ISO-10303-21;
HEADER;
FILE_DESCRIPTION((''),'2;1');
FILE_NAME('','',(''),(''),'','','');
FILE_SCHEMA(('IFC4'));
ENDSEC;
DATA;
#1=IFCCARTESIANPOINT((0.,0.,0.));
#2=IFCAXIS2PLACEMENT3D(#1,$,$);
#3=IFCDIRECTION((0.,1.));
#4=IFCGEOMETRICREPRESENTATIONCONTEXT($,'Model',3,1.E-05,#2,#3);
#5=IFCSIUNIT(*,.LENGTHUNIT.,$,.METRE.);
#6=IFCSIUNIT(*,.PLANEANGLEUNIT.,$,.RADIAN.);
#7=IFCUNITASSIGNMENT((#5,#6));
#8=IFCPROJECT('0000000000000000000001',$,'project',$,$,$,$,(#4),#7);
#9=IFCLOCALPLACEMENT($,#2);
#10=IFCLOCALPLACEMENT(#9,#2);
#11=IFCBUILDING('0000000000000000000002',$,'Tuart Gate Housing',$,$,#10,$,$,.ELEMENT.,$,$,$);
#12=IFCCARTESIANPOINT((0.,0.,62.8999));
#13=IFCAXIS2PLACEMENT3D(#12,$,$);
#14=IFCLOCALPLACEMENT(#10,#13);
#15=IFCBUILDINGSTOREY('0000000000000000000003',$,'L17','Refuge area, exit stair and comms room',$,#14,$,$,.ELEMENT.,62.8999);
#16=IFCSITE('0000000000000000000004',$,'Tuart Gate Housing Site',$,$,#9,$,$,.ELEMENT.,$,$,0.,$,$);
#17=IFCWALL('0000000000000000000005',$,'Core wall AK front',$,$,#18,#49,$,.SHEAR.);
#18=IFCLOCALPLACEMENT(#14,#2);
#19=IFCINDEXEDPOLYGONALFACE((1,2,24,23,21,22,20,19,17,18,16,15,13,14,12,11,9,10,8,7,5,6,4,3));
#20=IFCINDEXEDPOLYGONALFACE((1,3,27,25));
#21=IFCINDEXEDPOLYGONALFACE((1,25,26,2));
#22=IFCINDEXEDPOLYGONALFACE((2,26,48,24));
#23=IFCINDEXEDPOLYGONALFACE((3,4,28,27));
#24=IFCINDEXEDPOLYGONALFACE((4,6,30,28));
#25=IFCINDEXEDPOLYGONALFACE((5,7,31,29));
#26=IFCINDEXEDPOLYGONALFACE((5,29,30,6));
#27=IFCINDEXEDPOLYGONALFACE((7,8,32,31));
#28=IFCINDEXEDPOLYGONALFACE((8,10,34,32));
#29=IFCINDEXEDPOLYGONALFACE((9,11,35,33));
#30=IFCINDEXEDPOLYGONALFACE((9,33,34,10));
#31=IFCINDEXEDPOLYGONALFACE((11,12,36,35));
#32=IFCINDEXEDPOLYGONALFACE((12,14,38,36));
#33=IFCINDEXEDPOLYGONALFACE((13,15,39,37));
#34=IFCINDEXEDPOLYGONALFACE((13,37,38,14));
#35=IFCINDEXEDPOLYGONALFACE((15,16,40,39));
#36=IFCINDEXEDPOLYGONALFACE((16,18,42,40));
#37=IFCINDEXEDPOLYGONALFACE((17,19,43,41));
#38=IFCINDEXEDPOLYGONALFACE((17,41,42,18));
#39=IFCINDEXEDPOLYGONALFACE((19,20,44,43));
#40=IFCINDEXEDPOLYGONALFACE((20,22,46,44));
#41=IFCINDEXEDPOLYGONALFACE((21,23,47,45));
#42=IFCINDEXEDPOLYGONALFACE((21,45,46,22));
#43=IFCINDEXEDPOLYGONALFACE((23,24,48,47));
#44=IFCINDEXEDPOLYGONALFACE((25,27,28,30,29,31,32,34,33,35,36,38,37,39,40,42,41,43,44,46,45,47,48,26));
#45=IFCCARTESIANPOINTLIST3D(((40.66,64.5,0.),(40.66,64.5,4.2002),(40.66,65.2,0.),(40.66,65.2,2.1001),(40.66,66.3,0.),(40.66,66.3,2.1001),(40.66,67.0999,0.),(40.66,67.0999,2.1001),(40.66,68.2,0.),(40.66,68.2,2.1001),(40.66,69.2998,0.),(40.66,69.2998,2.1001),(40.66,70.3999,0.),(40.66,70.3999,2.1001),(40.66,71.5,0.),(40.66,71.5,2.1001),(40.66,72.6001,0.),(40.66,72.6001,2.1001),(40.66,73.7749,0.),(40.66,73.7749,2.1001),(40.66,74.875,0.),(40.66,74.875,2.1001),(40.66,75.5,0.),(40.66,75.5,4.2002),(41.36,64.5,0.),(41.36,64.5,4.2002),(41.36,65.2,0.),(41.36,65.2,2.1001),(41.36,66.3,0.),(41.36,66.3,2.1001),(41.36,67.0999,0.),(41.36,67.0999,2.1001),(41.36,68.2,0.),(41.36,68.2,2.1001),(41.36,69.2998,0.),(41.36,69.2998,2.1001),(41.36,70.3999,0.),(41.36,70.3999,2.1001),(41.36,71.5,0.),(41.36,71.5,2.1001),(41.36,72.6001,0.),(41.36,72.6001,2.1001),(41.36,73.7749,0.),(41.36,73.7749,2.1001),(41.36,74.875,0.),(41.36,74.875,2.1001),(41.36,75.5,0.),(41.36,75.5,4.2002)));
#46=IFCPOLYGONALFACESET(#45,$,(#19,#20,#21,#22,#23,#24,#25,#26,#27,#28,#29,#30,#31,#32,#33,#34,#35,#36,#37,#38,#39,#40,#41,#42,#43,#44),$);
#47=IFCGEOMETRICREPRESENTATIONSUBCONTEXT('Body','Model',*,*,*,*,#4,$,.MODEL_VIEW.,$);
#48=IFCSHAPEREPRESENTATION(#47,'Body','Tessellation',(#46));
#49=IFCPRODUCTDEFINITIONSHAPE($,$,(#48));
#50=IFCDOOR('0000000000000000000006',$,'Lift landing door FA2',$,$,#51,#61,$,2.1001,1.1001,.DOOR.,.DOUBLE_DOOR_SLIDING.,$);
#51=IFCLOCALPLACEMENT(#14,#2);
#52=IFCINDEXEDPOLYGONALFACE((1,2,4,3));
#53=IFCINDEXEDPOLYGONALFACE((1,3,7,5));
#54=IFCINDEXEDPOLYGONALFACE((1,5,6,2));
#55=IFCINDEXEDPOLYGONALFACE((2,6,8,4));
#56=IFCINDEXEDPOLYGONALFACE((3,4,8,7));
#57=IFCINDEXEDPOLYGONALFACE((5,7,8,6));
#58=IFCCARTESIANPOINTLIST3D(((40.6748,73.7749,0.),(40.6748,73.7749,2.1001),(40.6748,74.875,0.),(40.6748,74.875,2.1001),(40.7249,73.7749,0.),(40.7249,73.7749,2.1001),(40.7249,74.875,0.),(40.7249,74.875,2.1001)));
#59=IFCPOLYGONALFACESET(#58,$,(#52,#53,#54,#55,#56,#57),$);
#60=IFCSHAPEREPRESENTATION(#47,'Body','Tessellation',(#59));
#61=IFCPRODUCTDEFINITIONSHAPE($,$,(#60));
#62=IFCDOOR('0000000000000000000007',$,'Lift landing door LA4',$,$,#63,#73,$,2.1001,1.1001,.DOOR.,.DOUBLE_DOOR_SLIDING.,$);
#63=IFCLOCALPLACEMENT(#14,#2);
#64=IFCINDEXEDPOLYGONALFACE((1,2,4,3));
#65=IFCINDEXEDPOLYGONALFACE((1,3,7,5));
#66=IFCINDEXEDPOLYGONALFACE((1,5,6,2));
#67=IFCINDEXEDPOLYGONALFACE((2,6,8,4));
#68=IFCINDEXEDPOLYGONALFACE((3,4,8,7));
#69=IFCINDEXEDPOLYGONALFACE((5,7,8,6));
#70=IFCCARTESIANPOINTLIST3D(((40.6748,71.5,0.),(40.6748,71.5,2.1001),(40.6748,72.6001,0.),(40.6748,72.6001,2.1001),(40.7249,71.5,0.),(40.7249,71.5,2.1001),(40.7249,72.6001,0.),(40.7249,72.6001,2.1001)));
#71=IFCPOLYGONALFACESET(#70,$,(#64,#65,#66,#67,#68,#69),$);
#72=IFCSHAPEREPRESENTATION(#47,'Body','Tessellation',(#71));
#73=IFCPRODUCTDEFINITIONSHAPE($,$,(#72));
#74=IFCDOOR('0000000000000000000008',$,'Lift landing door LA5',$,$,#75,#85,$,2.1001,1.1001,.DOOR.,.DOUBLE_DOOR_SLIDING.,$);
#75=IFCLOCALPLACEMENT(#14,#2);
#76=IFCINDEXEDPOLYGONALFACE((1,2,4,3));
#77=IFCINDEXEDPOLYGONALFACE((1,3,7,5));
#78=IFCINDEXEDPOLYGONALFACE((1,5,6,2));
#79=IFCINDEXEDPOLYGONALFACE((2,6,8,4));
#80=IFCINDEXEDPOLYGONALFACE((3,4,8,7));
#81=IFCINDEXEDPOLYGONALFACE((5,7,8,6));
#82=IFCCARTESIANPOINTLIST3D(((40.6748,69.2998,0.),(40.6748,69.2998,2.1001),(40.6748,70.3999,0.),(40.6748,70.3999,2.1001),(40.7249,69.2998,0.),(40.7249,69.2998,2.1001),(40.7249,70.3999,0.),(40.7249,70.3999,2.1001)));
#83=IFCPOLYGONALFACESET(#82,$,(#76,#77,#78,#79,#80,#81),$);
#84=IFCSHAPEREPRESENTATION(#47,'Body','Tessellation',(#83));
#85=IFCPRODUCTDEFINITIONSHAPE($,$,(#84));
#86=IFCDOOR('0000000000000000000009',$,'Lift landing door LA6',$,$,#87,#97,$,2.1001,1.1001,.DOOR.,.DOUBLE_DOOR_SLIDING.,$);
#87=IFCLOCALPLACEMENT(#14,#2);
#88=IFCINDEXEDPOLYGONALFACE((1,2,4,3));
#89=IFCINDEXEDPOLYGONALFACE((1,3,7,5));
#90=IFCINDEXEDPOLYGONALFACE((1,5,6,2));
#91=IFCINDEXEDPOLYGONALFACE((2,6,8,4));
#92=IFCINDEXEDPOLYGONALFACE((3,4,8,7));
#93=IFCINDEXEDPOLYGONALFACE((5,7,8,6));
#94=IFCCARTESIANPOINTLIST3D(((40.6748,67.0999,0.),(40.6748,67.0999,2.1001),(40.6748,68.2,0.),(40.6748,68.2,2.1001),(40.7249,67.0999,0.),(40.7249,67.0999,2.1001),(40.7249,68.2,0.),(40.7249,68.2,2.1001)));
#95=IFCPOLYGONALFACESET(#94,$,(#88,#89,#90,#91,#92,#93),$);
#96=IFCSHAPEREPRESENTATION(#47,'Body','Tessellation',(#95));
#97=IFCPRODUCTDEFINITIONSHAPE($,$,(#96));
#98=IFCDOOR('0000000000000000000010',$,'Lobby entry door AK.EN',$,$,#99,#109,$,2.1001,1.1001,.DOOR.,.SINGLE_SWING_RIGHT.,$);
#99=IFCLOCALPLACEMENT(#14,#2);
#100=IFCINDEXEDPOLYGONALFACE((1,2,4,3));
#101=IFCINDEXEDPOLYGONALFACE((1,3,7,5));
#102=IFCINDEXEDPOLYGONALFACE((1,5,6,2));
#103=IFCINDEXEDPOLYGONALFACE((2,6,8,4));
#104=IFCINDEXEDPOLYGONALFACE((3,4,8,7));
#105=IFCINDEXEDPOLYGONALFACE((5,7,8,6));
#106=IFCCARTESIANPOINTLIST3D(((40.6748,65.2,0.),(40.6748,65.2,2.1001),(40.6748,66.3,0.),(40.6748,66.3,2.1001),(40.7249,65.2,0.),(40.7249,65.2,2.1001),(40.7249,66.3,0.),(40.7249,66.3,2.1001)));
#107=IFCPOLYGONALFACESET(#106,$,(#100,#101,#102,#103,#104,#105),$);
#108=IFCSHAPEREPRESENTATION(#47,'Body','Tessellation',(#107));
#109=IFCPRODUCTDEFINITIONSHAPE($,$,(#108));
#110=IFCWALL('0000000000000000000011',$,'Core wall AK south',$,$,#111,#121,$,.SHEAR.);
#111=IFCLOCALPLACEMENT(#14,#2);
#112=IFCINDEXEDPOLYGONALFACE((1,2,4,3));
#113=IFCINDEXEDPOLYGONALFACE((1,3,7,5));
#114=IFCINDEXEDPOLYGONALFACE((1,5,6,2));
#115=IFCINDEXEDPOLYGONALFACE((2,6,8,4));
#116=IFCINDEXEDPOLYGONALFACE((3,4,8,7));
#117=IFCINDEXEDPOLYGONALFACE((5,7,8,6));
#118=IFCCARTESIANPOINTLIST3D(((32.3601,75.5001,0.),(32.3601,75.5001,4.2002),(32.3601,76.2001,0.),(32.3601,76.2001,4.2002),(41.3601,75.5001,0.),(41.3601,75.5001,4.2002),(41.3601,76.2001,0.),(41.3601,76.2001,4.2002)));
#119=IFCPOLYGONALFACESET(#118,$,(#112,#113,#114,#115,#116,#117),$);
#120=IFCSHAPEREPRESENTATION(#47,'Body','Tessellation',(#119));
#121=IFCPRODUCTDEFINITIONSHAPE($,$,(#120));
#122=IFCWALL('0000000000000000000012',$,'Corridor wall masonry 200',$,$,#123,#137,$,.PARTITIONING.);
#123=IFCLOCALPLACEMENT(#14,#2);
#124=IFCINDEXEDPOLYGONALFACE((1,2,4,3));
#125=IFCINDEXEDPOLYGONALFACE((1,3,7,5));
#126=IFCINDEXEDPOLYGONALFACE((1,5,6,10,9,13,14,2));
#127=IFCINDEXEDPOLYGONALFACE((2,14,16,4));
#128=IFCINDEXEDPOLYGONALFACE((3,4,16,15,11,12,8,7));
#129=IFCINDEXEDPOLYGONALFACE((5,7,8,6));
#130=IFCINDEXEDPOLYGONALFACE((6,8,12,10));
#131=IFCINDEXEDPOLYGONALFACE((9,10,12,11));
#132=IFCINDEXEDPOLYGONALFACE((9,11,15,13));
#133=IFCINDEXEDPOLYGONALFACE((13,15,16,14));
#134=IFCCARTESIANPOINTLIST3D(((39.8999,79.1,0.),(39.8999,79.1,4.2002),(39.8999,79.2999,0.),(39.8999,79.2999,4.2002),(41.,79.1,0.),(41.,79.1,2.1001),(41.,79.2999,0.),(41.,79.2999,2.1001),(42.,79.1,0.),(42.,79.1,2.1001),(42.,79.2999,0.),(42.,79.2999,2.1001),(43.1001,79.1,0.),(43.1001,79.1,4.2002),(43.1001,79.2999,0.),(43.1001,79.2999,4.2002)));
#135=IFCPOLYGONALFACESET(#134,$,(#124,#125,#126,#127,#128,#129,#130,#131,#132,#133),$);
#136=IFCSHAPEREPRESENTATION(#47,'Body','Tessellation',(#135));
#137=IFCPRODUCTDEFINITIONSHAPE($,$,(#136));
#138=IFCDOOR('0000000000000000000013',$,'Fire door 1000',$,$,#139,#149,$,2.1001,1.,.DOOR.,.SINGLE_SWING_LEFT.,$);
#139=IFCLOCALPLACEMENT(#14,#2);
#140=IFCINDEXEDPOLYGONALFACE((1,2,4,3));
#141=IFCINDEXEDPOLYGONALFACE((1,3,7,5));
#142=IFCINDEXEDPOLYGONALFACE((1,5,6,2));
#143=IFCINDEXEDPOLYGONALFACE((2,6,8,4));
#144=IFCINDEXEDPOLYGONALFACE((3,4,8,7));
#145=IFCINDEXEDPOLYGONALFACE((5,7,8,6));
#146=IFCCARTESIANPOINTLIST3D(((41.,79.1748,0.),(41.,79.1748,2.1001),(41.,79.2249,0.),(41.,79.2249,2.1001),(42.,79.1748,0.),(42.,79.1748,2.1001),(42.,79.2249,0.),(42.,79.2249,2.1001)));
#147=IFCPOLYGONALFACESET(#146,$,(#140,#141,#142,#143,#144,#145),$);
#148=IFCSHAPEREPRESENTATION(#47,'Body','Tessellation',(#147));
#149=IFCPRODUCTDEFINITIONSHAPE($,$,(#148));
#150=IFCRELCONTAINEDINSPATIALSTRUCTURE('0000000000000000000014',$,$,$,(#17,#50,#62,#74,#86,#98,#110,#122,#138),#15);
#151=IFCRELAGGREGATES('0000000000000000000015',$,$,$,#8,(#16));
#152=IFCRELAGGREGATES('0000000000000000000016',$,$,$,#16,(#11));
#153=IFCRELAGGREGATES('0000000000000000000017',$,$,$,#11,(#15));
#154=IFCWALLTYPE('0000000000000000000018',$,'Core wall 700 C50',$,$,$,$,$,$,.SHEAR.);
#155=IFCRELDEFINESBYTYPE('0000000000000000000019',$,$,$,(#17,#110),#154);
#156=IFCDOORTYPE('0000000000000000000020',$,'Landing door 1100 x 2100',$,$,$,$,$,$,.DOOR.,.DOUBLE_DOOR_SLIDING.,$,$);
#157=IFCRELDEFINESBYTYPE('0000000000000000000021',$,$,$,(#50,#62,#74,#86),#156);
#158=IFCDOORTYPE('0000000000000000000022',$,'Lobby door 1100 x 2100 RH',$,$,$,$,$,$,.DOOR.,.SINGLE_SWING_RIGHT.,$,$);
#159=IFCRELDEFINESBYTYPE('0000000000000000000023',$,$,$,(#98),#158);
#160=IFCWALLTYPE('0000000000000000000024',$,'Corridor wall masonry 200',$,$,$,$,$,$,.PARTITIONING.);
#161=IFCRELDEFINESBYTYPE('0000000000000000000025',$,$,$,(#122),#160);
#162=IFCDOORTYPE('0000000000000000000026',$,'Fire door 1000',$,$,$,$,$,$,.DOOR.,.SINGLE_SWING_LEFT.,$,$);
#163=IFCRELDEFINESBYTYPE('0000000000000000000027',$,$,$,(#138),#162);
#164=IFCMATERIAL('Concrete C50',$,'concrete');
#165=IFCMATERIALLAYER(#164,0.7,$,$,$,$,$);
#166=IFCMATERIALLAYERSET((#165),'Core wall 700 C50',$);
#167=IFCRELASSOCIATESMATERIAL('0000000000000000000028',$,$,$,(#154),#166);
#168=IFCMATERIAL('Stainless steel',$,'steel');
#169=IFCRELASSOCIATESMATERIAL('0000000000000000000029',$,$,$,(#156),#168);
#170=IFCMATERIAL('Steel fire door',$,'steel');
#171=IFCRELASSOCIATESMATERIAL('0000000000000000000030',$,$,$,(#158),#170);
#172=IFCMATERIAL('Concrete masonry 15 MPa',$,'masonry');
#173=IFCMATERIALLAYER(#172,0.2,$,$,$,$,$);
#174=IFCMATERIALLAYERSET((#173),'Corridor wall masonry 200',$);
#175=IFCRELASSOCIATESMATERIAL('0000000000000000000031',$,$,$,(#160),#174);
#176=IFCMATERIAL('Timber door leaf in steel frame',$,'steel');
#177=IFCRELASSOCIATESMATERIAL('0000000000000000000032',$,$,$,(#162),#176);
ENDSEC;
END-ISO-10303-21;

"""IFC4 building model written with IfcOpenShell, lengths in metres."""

from ifc_helpers import new_model, si_unit, direction, frame, frame_2d, origin, place, context, subcontext, project, spatial, rectangle, extrude, material, layer, layer_set, type_object, element, fill, save


model = new_model("IFC4")

# Units and contexts
model_context = context("Model", 3, precision=1e-05, world=origin(), true_north=direction((0.0, 1.0)))
body_context = subcontext(model_context, "Body", "Model", "MODEL_VIEW")
ifc_project = project(units=[si_unit("LENGTHUNIT", "METRE"), si_unit("PLANEANGLEUNIT", "RADIAN")], contexts=[model_context])

# Site, building, storey
site_placement = place(None, origin())
site = spatial("IfcSite", under=ifc_project, at=site_placement, Name="Tuart Gate Housing Site", CompositionType="ELEMENT", RefElevation=0.0)
building_placement = place(site_placement, origin())
building = spatial("IfcBuilding", under=site, at=building_placement, Name="Tuart Gate Housing", CompositionType="ELEMENT")
storey_placement = place(building_placement, frame((0.0, 0.0, 62.8999)))
storey = spatial("IfcBuildingStorey", under=building, at=storey_placement, Name="L17", Description="Refuge area, exit stair and comms room", CompositionType="ELEMENT", Elevation=62.8999)

# Wall, openings, doors
ifc_material_1 = material(Name="Concrete C50", Category="concrete")
ifc_layer_1 = layer(ifc_material_1, 0.7)
ifc_layer_set_1 = layer_set([ifc_layer_1], Name="Core wall 700 C50")
wall_type_1 = type_object("IfcWallType", Name="Core wall 700 C50", PredefinedType="SHEAR", material=ifc_layer_set_1)
wall_1_placement = place(storey_placement, frame((41.01, 75.5, 0.0), z_axis=(0.0, 0.0, 1.0), x_axis=(0.0, -1.0, 0.0)))
wall_1 = element("IfcWall", 1, at=wall_1_placement, inside=storey, type_object=wall_type_1, Name="Core wall AK front", PredefinedType="SHEAR", context=body_context, shape_type="SweptSolid", body=[
    extrude(rectangle(XDim=11.0, YDim=0.7, at=frame_2d((5.5, 0.0))), origin(), (0.0, 0.0, 1.0), 4.2002),
])
opening_1_placement = place(wall_1_placement, frame((0.625, 0.0, 0.0)))
opening_1 = element("IfcOpeningElement", 2, at=opening_1_placement, cuts=wall_1, PredefinedType="OPENING", context=body_context, shape_type="SweptSolid", body=[
    extrude(rectangle(XDim=1.1001, YDim=2.1001, at=frame_2d((0.55, 1.05))), frame((0.0, 0.3599, 0.0), z_axis=(0.0, -1.0, 0.0), x_axis=(1.0, 0.0, 0.0)), (0.0, 0.0, 1.0), 0.72),
])
opening_2_placement = place(wall_1_placement, frame((2.8999, 0.0, 0.0)))
opening_2 = element("IfcOpeningElement", 3, at=opening_2_placement, cuts=wall_1, PredefinedType="OPENING", context=body_context, shape_type="SweptSolid", body=[
    extrude(rectangle(XDim=1.1001, YDim=2.1001, at=frame_2d((0.55, 1.05))), frame((0.0, 0.3599, 0.0), z_axis=(0.0, -1.0, 0.0), x_axis=(1.0, 0.0, 0.0)), (0.0, 0.0, 1.0), 0.72),
])
opening_3_placement = place(wall_1_placement, frame((5.1001, 0.0, 0.0)))
opening_3 = element("IfcOpeningElement", 4, at=opening_3_placement, cuts=wall_1, PredefinedType="OPENING", context=body_context, shape_type="SweptSolid", body=[
    extrude(rectangle(XDim=1.1001, YDim=2.1001, at=frame_2d((0.55, 1.05))), frame((0.0, 0.3599, 0.0), z_axis=(0.0, -1.0, 0.0), x_axis=(1.0, 0.0, 0.0)), (0.0, 0.0, 1.0), 0.72),
])
opening_4_placement = place(wall_1_placement, frame((7.3, 0.0, 0.0)))
opening_4 = element("IfcOpeningElement", 5, at=opening_4_placement, cuts=wall_1, PredefinedType="OPENING", context=body_context, shape_type="SweptSolid", body=[
    extrude(rectangle(XDim=1.1001, YDim=2.1001, at=frame_2d((0.55, 1.05))), frame((0.0, 0.3599, 0.0), z_axis=(0.0, -1.0, 0.0), x_axis=(1.0, 0.0, 0.0)), (0.0, 0.0, 1.0), 0.72),
])
opening_5_placement = place(wall_1_placement, frame((9.2, 0.0, 0.0)))
opening_5 = element("IfcOpeningElement", 6, at=opening_5_placement, cuts=wall_1, PredefinedType="OPENING", context=body_context, shape_type="SweptSolid", body=[
    extrude(rectangle(XDim=1.1001, YDim=2.1001, at=frame_2d((0.55, 1.05))), frame((0.0, 0.3599, 0.0), z_axis=(0.0, -1.0, 0.0), x_axis=(1.0, 0.0, 0.0)), (0.0, 0.0, 1.0), 0.72),
])
ifc_material_2 = material(Name="Stainless steel", Category="steel")
door_type_1 = type_object("IfcDoorType", Name="Landing door 1100 x 2100", OperationType="DOUBLE_DOOR_SLIDING", PredefinedType="DOOR", material=ifc_material_2)
door_1_placement = place(opening_1_placement, origin())
door_1 = element("IfcDoor", 7, at=door_1_placement, inside=storey, type_object=door_type_1, Name="Lift landing door FA2", OperationType="DOUBLE_DOOR_SLIDING", OverallHeight=2.1001, OverallWidth=1.1001, PredefinedType="DOOR", context=body_context, shape_type="SweptSolid", body=[
    extrude(rectangle(XDim=1.1001, YDim=2.1001, at=frame_2d((0.55, 1.05))), frame((0.0, -0.2852, 0.0), z_axis=(0.0, -1.0, 0.0), x_axis=(1.0, 0.0, 0.0)), (0.0, 0.0, 1.0), 0.05),
])
fill(opening_1, door_1)
door_2_placement = place(opening_2_placement, origin())
door_2 = element("IfcDoor", 8, at=door_2_placement, inside=storey, type_object=door_type_1, Name="Lift landing door LA4", OperationType="DOUBLE_DOOR_SLIDING", OverallHeight=2.1001, OverallWidth=1.1001, PredefinedType="DOOR", context=body_context, shape_type="SweptSolid", body=[
    extrude(rectangle(XDim=1.1001, YDim=2.1001, at=frame_2d((0.55, 1.05))), frame((0.0, -0.2852, 0.0), z_axis=(0.0, -1.0, 0.0), x_axis=(1.0, 0.0, 0.0)), (0.0, 0.0, 1.0), 0.05),
])
fill(opening_2, door_2)
door_3_placement = place(opening_3_placement, origin())
door_3 = element("IfcDoor", 9, at=door_3_placement, inside=storey, type_object=door_type_1, Name="Lift landing door LA5", OperationType="DOUBLE_DOOR_SLIDING", OverallHeight=2.1001, OverallWidth=1.1001, PredefinedType="DOOR", context=body_context, shape_type="SweptSolid", body=[
    extrude(rectangle(XDim=1.1001, YDim=2.1001, at=frame_2d((0.55, 1.05))), frame((0.0, -0.2852, 0.0), z_axis=(0.0, -1.0, 0.0), x_axis=(1.0, 0.0, 0.0)), (0.0, 0.0, 1.0), 0.05),
])
fill(opening_3, door_3)
door_4_placement = place(opening_4_placement, origin())
door_4 = element("IfcDoor", 10, at=door_4_placement, inside=storey, type_object=door_type_1, Name="Lift landing door LA6", OperationType="DOUBLE_DOOR_SLIDING", OverallHeight=2.1001, OverallWidth=1.1001, PredefinedType="DOOR", context=body_context, shape_type="SweptSolid", body=[
    extrude(rectangle(XDim=1.1001, YDim=2.1001, at=frame_2d((0.55, 1.05))), frame((0.0, -0.2852, 0.0), z_axis=(0.0, -1.0, 0.0), x_axis=(1.0, 0.0, 0.0)), (0.0, 0.0, 1.0), 0.05),
])
fill(opening_4, door_4)
ifc_material_3 = material(Name="Steel fire door", Category="steel")
door_type_2 = type_object("IfcDoorType", Name="Lobby door 1100 x 2100 RH", OperationType="SINGLE_SWING_RIGHT", PredefinedType="DOOR", material=ifc_material_3)
door_5_placement = place(opening_5_placement, frame((1.1001, 0.0, 0.0), z_axis=(0.0, 0.0, 1.0), x_axis=(-1.0, 0.0, 0.0)))
door_5 = element("IfcDoor", 11, at=door_5_placement, inside=storey, type_object=door_type_2, Name="Lobby entry door AK.EN", OperationType="SINGLE_SWING_RIGHT", OverallHeight=2.1001, OverallWidth=1.1001, PredefinedType="DOOR", context=body_context, shape_type="SweptSolid", body=[
    extrude(rectangle(XDim=1.1001, YDim=2.1001, at=frame_2d((0.55, 1.05))), frame((0.0, 0.3352, 0.0), z_axis=(0.0, -1.0, 0.0), x_axis=(1.0, 0.0, 0.0)), (0.0, 0.0, 1.0), 0.05),
])
fill(opening_5, door_5)

# Wall
wall_2_placement = place(storey_placement, frame((41.3601, 75.8501, 0.0), z_axis=(0.0, 0.0, 1.0), x_axis=(-1.0, 0.0, 0.0)))
element("IfcWall", 12, at=wall_2_placement, inside=storey, type_object=wall_type_1, Name="Core wall AK south", PredefinedType="SHEAR", context=body_context, shape_type="SweptSolid", body=[
    extrude(rectangle(XDim=9.0, YDim=0.7, at=frame_2d((4.5, 0.0))), origin(), (0.0, 0.0, 1.0), 4.2002),
])

# Wall, opening, door
ifc_material_4 = material(Name="Concrete masonry 15 MPa", Category="masonry")
ifc_layer_2 = layer(ifc_material_4, 0.2)
ifc_layer_set_2 = layer_set([ifc_layer_2], Name="Corridor wall masonry 200")
wall_type_2 = type_object("IfcWallType", Name="Corridor wall masonry 200", PredefinedType="PARTITIONING", material=ifc_layer_set_2)
wall_3_placement = place(storey_placement, frame((39.8999, 79.2, 0.0), z_axis=(0.0, 0.0, 1.0), x_axis=(1.0, 0.0, 0.0)))
wall_3 = element("IfcWall", 13, at=wall_3_placement, inside=storey, type_object=wall_type_2, Name="Corridor wall masonry 200", PredefinedType="PARTITIONING", context=body_context, shape_type="SweptSolid", body=[
    extrude(rectangle(XDim=3.2002, YDim=0.2, at=frame_2d((1.6001, 0.0))), origin(), (0.0, 0.0, 1.0), 4.2002),
])
opening_6_placement = place(wall_3_placement, frame((1.1001, 0.0, 0.0)))
opening_6 = element("IfcOpeningElement", 14, at=opening_6_placement, cuts=wall_3, PredefinedType="OPENING", context=body_context, shape_type="SweptSolid", body=[
    extrude(rectangle(XDim=1.0, YDim=2.1001, at=frame_2d((0.5, 1.05))), frame((0.0, 0.1099, 0.0), z_axis=(0.0, -1.0, 0.0), x_axis=(1.0, 0.0, 0.0)), (0.0, 0.0, 1.0), 0.22),
])
ifc_material_5 = material(Name="Timber door leaf in steel frame", Category="steel")
door_type_3 = type_object("IfcDoorType", Name="Fire door 1000", OperationType="SINGLE_SWING_LEFT", PredefinedType="DOOR", material=ifc_material_5)
door_6_placement = place(opening_6_placement, origin())
door_6 = element("IfcDoor", 15, at=door_6_placement, inside=storey, type_object=door_type_3, Name="Fire door 1000", OperationType="SINGLE_SWING_LEFT", OverallHeight=2.1001, OverallWidth=1.0, PredefinedType="DOOR", context=body_context, shape_type="SweptSolid", body=[
    extrude(rectangle(XDim=1.0, YDim=2.1001, at=frame_2d((0.5, 1.05))), frame((0.0, 0.0249, 0.0), z_axis=(0.0, -1.0, 0.0), x_axis=(1.0, 0.0, 0.0)), (0.0, 0.0, 1.0), 0.05),
])
fill(opening_6, door_6)

save(model, "model.ifc")
